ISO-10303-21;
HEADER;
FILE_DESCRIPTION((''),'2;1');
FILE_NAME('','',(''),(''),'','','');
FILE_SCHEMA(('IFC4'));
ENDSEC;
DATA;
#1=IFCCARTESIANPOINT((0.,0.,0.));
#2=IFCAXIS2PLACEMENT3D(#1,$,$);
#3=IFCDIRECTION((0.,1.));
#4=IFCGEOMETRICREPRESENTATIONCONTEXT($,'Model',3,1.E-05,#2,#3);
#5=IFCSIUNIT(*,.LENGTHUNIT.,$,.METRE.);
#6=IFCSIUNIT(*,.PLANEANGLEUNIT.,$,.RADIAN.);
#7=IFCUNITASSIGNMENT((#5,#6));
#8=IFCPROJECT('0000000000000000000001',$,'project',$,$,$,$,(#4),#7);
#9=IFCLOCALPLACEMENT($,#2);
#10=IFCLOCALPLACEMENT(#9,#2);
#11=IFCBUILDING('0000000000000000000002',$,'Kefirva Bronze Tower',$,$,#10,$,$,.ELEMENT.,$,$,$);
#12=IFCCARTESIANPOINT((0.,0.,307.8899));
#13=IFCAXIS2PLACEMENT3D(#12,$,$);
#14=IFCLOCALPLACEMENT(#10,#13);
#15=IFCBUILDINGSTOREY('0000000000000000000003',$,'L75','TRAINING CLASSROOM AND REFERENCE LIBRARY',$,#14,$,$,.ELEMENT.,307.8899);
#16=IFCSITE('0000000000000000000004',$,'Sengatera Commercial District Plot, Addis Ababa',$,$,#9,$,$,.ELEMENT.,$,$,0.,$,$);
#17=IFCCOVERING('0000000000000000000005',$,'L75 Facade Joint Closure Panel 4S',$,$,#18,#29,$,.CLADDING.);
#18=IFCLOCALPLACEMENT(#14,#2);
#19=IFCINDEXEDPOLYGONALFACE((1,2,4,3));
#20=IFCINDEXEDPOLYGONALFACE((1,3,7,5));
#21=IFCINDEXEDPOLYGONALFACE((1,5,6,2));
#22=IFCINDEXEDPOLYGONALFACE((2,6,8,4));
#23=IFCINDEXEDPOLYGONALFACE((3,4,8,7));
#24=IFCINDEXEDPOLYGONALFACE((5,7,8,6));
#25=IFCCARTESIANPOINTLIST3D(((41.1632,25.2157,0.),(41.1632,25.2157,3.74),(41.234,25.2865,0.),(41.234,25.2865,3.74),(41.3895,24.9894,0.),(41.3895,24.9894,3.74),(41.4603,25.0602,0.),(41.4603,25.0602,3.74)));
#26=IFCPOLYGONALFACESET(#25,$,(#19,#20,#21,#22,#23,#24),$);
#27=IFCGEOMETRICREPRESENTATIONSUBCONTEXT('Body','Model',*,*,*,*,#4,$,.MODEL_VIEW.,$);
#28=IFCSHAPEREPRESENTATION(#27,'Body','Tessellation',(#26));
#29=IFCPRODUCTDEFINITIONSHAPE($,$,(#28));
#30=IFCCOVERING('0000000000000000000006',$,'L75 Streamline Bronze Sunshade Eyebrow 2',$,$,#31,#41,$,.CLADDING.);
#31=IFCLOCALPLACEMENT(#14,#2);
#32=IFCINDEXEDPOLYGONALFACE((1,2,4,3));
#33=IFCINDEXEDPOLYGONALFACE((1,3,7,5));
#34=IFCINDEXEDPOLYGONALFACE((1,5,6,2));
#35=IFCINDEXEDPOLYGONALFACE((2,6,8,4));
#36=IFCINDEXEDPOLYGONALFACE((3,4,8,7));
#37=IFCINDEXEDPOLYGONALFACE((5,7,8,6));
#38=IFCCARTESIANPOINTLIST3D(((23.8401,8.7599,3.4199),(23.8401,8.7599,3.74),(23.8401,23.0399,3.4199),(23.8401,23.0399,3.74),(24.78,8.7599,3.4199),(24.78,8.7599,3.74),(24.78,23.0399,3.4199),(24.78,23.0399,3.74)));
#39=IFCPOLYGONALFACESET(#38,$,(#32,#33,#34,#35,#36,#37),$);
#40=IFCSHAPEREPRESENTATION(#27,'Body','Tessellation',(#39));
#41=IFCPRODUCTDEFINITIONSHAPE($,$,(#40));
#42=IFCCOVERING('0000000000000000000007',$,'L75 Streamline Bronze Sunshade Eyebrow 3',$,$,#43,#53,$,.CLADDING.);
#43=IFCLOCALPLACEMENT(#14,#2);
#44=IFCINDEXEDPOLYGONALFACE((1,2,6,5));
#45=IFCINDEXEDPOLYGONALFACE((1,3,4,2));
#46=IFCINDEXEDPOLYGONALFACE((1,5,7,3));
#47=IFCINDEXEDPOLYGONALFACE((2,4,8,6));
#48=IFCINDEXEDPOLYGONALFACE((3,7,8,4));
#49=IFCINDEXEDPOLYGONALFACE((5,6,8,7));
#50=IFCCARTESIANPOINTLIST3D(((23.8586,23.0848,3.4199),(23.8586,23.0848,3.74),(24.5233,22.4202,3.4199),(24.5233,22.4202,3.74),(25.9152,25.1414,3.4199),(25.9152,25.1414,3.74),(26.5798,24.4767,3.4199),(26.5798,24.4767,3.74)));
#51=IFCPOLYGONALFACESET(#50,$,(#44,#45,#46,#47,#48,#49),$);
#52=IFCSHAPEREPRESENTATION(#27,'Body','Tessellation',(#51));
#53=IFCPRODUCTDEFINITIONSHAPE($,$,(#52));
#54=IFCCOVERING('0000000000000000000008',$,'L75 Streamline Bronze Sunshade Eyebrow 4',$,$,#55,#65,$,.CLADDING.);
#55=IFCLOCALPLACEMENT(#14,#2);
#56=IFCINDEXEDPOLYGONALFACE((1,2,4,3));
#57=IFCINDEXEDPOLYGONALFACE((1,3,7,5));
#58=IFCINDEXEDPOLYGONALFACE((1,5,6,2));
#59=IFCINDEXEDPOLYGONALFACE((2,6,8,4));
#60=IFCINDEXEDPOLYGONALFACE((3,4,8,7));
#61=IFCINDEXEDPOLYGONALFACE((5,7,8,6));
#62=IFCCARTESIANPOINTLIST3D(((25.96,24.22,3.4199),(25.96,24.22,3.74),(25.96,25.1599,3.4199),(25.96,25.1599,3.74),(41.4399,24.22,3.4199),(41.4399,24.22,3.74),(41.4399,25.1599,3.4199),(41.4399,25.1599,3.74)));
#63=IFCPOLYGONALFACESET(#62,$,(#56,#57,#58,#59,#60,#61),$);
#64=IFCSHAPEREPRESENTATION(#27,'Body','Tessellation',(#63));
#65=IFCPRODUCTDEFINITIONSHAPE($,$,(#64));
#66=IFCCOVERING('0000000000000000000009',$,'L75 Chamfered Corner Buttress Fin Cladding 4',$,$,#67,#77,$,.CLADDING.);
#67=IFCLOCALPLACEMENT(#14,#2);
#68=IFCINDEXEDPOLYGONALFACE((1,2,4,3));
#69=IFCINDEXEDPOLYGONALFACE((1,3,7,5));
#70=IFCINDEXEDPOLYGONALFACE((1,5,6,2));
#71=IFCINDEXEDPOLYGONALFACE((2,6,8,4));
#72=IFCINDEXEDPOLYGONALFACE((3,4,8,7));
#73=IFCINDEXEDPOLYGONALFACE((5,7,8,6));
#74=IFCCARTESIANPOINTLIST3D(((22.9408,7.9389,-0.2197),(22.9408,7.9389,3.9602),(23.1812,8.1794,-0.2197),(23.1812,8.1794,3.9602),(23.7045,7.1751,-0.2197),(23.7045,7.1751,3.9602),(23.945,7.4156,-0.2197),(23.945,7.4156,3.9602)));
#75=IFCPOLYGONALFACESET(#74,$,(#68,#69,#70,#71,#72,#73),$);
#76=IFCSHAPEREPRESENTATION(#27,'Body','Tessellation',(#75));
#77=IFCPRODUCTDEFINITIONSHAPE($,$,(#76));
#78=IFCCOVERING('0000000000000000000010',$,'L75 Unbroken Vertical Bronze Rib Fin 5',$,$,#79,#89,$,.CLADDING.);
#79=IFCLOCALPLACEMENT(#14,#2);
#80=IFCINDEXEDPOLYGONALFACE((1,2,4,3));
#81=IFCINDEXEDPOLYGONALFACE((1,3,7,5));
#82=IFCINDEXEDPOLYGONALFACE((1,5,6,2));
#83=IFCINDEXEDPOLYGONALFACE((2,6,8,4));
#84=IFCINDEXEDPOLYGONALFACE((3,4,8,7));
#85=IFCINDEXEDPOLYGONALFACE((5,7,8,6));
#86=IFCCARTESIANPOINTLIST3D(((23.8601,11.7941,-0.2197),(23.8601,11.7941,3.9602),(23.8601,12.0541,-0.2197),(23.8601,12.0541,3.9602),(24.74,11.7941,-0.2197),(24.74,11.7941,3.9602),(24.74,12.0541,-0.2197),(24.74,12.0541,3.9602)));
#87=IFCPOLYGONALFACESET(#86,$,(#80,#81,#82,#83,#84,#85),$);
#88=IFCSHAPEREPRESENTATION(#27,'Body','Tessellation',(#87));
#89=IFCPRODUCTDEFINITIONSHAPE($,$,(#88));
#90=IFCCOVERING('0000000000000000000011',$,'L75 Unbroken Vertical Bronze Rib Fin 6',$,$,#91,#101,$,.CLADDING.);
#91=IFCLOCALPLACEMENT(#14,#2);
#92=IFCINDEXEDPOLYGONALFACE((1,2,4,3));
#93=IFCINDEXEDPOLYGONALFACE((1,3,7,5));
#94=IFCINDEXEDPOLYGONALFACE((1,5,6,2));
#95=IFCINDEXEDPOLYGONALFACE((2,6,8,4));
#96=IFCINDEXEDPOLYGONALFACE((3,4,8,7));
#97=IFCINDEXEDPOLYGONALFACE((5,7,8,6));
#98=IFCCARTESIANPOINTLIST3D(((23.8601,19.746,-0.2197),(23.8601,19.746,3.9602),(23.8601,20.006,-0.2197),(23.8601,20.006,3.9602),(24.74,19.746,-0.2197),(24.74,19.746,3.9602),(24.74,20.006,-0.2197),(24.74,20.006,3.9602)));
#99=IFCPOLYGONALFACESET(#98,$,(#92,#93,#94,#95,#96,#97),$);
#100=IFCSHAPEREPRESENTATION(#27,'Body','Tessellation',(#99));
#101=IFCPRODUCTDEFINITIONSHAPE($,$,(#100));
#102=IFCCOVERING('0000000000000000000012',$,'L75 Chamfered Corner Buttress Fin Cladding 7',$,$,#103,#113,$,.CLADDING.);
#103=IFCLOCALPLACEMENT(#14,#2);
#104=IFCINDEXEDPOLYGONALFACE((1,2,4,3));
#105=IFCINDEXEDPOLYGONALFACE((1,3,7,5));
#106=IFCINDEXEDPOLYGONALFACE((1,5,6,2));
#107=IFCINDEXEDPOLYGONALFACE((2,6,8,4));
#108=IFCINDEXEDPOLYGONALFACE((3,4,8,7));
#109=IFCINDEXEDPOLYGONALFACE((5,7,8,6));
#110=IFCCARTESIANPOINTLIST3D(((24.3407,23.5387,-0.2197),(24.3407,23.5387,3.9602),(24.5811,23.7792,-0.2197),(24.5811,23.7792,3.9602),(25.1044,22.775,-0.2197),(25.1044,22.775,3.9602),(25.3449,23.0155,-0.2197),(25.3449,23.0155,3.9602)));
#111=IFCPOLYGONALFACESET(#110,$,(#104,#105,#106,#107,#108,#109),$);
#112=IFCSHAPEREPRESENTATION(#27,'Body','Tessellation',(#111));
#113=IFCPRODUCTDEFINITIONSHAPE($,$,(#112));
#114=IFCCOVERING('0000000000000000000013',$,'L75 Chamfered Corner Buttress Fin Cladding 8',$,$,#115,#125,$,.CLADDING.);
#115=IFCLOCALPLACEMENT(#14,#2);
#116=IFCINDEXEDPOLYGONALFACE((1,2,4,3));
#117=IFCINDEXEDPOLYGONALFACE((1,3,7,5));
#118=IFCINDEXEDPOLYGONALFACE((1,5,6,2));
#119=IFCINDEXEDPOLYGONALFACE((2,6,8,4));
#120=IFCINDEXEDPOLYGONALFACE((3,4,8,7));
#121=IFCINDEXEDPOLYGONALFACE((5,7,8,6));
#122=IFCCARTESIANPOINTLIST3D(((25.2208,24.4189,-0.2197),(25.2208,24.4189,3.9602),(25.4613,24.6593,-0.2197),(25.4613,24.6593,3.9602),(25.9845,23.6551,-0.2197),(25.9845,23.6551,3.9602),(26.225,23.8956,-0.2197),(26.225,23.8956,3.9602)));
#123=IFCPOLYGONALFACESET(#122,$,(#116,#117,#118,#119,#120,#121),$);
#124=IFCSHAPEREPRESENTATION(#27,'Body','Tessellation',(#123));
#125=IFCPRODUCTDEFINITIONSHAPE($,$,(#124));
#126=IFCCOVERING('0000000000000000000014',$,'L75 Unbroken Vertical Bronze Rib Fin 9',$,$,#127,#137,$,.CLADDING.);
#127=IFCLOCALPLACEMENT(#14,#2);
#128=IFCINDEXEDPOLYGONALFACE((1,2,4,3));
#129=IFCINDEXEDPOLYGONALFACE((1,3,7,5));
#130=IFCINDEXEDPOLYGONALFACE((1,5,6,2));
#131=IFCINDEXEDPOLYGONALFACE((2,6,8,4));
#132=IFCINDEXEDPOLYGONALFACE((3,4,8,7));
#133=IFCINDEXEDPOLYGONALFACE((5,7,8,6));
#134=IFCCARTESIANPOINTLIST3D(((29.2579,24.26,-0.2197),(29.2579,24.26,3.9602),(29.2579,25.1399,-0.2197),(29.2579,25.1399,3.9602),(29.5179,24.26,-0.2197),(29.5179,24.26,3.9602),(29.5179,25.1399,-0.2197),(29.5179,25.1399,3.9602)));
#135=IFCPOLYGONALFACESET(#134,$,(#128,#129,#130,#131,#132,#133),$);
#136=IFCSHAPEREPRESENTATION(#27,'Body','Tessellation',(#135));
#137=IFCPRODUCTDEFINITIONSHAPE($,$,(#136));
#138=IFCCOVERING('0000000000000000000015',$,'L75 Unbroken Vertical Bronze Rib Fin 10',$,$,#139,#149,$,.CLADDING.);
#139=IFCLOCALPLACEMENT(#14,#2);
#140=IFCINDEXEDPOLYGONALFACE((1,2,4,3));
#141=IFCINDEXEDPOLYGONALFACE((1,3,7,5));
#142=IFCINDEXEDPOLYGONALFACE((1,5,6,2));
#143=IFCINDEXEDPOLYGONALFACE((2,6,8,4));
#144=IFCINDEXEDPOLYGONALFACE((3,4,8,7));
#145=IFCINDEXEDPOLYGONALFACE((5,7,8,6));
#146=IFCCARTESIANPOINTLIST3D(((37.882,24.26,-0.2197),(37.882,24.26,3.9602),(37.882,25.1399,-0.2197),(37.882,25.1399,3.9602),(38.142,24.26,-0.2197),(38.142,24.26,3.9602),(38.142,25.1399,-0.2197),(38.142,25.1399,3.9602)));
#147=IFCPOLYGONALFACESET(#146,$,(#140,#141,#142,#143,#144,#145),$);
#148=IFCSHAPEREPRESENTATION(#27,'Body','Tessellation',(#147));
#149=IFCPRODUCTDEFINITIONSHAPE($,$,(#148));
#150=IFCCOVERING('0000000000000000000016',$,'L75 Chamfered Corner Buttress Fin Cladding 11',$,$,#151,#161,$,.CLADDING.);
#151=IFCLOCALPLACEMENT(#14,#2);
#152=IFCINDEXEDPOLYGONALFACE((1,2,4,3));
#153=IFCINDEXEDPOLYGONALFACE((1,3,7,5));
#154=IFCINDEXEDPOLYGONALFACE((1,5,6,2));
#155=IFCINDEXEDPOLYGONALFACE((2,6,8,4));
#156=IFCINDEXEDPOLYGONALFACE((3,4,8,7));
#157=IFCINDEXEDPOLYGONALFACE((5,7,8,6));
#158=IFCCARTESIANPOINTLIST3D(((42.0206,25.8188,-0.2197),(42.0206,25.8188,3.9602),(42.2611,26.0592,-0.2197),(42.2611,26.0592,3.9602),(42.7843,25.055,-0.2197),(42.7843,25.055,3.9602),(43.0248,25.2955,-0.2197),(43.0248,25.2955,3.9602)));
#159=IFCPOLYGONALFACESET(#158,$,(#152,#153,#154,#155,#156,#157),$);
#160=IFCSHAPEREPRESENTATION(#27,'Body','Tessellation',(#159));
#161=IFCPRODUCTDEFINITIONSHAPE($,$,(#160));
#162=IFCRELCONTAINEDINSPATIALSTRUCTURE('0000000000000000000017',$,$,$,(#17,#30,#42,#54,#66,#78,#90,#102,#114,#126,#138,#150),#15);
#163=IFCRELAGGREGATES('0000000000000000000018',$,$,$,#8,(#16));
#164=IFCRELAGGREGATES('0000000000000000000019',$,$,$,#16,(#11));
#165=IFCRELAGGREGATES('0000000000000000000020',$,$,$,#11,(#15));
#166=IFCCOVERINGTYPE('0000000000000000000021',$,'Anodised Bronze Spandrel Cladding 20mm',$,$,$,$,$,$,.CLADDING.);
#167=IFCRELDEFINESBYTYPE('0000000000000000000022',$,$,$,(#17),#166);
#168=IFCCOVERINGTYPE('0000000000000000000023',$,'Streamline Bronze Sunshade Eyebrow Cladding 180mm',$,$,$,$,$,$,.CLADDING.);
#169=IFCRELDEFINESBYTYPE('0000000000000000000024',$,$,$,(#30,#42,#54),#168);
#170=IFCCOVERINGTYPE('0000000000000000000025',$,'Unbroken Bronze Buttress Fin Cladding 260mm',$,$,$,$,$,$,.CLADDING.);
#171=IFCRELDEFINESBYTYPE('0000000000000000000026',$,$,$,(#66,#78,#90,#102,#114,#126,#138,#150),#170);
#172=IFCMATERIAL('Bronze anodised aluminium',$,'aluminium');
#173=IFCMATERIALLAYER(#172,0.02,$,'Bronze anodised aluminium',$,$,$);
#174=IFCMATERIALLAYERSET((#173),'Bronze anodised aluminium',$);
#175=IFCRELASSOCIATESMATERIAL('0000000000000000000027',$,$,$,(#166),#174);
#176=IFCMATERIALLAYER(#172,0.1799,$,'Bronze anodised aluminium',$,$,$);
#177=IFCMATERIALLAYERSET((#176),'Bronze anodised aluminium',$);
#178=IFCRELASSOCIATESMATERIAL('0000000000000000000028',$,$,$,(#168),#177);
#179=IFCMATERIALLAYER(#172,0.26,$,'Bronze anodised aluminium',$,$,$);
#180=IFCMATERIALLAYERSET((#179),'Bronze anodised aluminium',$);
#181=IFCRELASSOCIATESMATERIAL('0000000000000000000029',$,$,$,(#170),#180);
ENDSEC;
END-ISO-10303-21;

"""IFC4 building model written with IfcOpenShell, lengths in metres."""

from ifc_helpers import new_model, si_unit, direction, frame, origin, origin_2d, place, context, subcontext, project, spatial, rectangle, extrude, material, layer, layer_set, type_object, element, save


model = new_model("IFC4")

# Units and contexts
model_context = context("Model", 3, precision=1e-05, world=origin(), true_north=direction((0.0, 1.0)))
body_context = subcontext(model_context, "Body", "Model", "MODEL_VIEW")
ifc_project = project(units=[si_unit("LENGTHUNIT", "METRE"), si_unit("PLANEANGLEUNIT", "RADIAN")], contexts=[model_context])

# Site, building, storey
site_placement = place(None, origin())
site = spatial("IfcSite", under=ifc_project, at=site_placement, Name="Sengatera Commercial District Plot, Addis Ababa", CompositionType="ELEMENT", RefElevation=0.0)
building_placement = place(site_placement, origin())
building = spatial("IfcBuilding", under=site, at=building_placement, Name="Kefirva Bronze Tower", CompositionType="ELEMENT")
storey_placement = place(building_placement, frame((0.0, 0.0, 307.8899)))
storey = spatial("IfcBuildingStorey", under=building, at=storey_placement, Name="L75", Description="TRAINING CLASSROOM AND REFERENCE LIBRARY", CompositionType="ELEMENT", Elevation=307.8899)

# Shared definitions
ifc_material_1 = material(Name="Bronze anodised aluminium", Category="aluminium")

# Coverings
ifc_layer_1 = layer(ifc_material_1, 0.02, Name="Bronze anodised aluminium")
ifc_layer_set_1 = layer_set([ifc_layer_1], Name="Bronze anodised aluminium")
covering_type_1 = type_object("IfcCoveringType", Name="Anodised Bronze Spandrel Cladding 20mm", PredefinedType="CLADDING", material=ifc_layer_set_1)
covering_1_placement = place(storey_placement, frame((41.3118, 25.1379, 0.0), z_axis=(0.0, 0.0, 1.0), x_axis=(0.707107, 0.707107, 0.0)))
element("IfcCovering", 1, at=covering_1_placement, inside=storey, type_object=covering_type_1, Name="L75 Facade Joint Closure Panel 4S", PredefinedType="CLADDING", context=body_context, shape_type="SweptSolid", body=[
    extrude(rectangle(XDim=0.1001, YDim=0.3201, at=origin_2d()), origin(), (0.0, 0.0, 1.0), 3.74),
])
ifc_layer_2 = layer(ifc_material_1, 0.1799, Name="Bronze anodised aluminium")
ifc_layer_set_2 = layer_set([ifc_layer_2], Name="Bronze anodised aluminium")
covering_type_2 = type_object("IfcCoveringType", Name="Streamline Bronze Sunshade Eyebrow Cladding 180mm", PredefinedType="CLADDING", material=ifc_layer_set_2)
covering_2_placement = place(storey_placement, frame((24.3101, 15.8999, 3.4199), z_axis=(0.0, 0.0, 1.0), x_axis=(0.0, 1.0, 0.0)))
element("IfcCovering", 2, at=covering_2_placement, inside=storey, type_object=covering_type_2, Name="L75 Streamline Bronze Sunshade Eyebrow 2", PredefinedType="CLADDING", context=body_context, shape_type="SweptSolid", body=[
    extrude(rectangle(XDim=14.28, YDim=0.9399, at=origin_2d()), origin(), (0.0, 0.0, 1.0), 0.3201),
])
covering_3_placement = place(storey_placement, frame((25.2192, 23.7808, 3.4199), z_axis=(0.0, 0.0, 1.0), x_axis=(0.707107, 0.707107, 0.0)))
element("IfcCovering", 3, at=covering_3_placement, inside=storey, type_object=covering_type_2, Name="L75 Streamline Bronze Sunshade Eyebrow 3", PredefinedType="CLADDING", context=body_context, shape_type="SweptSolid", body=[
    extrude(rectangle(XDim=2.9084, YDim=0.9399, at=origin_2d()), origin(), (0.0, 0.0, 1.0), 0.3201),
])
covering_4_placement = place(storey_placement, frame((33.7, 24.6899, 3.4199), z_axis=(0.0, 0.0, 1.0), x_axis=(1.0, 0.0, 0.0)))
element("IfcCovering", 4, at=covering_4_placement, inside=storey, type_object=covering_type_2, Name="L75 Streamline Bronze Sunshade Eyebrow 4", PredefinedType="CLADDING", context=body_context, shape_type="SweptSolid", body=[
    extrude(rectangle(XDim=15.48, YDim=0.9399, at=origin_2d()), origin(), (0.0, 0.0, 1.0), 0.3201),
])
ifc_layer_3 = layer(ifc_material_1, 0.26, Name="Bronze anodised aluminium")
ifc_layer_set_3 = layer_set([ifc_layer_3], Name="Bronze anodised aluminium")
covering_type_3 = type_object("IfcCoveringType", Name="Unbroken Bronze Buttress Fin Cladding 260mm", PredefinedType="CLADDING", material=ifc_layer_set_3)
covering_5_placement = place(storey_placement, frame((23.4429, 7.6772, -0.2197), z_axis=(0.0, 0.0, 1.0), x_axis=(0.707107, 0.707107, 0.0)))
element("IfcCovering", 5, at=covering_5_placement, inside=storey, type_object=covering_type_3, Name="L75 Chamfered Corner Buttress Fin Cladding 4", PredefinedType="CLADDING", context=body_context, shape_type="SweptSolid", body=[
    extrude(rectangle(XDim=0.3401, YDim=1.0801, at=origin_2d()), origin(), (0.0, 0.0, 1.0), 4.1799),
])
for number, where, z_axis, x_axis, name in (
    (6, (24.3, 11.9241, -0.2197), (0.0, 0.0, 1.0), (0.0, 1.0, 0.0), "L75 Unbroken Vertical Bronze Rib Fin 5"),
    (7, (24.3, 19.876, -0.2197), (0.0, 0.0, 1.0), (0.0, 1.0, 0.0), "L75 Unbroken Vertical Bronze Rib Fin 6"),
):
    element("IfcCovering", number, at=place(storey_placement, frame(where, z_axis=z_axis, x_axis=x_axis)), inside=storey, type_object=covering_type_3, Name=name, PredefinedType="CLADDING", context=body_context, shape_type="SweptSolid", body=[
        extrude(rectangle(XDim=0.26, YDim=0.8799, at=origin_2d()), origin(), (0.0, 0.0, 1.0), 4.1799),
    ])
for number, where, z_axis, x_axis, name in (
    (8, (24.8428, 23.2771, -0.2197), (0.0, 0.0, 1.0), (0.707107, 0.707107, 0.0), "L75 Chamfered Corner Buttress Fin Cladding 7"),
    (9, (25.7229, 24.1572, -0.2197), (0.0, 0.0, 1.0), (0.707107, 0.707107, 0.0), "L75 Chamfered Corner Buttress Fin Cladding 8"),
):
    element("IfcCovering", number, at=place(storey_placement, frame(where, z_axis=z_axis, x_axis=x_axis)), inside=storey, type_object=covering_type_3, Name=name, PredefinedType="CLADDING", context=body_context, shape_type="SweptSolid", body=[
        extrude(rectangle(XDim=0.3401, YDim=1.0801, at=origin_2d()), origin(), (0.0, 0.0, 1.0), 4.1799),
    ])
for number, where, z_axis, x_axis, name in (
    (10, (29.3879, 24.7, -0.2197), (0.0, 0.0, 1.0), (1.0, 0.0, 0.0), "L75 Unbroken Vertical Bronze Rib Fin 9"),
    (11, (38.012, 24.7, -0.2197), (0.0, 0.0, 1.0), (1.0, 0.0, 0.0), "L75 Unbroken Vertical Bronze Rib Fin 10"),
):
    element("IfcCovering", number, at=place(storey_placement, frame(where, z_axis=z_axis, x_axis=x_axis)), inside=storey, type_object=covering_type_3, Name=name, PredefinedType="CLADDING", context=body_context, shape_type="SweptSolid", body=[
        extrude(rectangle(XDim=0.26, YDim=0.8799, at=origin_2d()), origin(), (0.0, 0.0, 1.0), 4.1799),
    ])
covering_6_placement = place(storey_placement, frame((42.5227, 25.5571, -0.2197), z_axis=(0.0, 0.0, 1.0), x_axis=(0.707107, 0.707107, 0.0)))
element("IfcCovering", 12, at=covering_6_placement, inside=storey, type_object=covering_type_3, Name="L75 Chamfered Corner Buttress Fin Cladding 11", PredefinedType="CLADDING", context=body_context, shape_type="SweptSolid", body=[
    extrude(rectangle(XDim=0.3401, YDim=1.0801, at=origin_2d()), origin(), (0.0, 0.0, 1.0), 4.1799),
])

save(model, "model.ifc")
